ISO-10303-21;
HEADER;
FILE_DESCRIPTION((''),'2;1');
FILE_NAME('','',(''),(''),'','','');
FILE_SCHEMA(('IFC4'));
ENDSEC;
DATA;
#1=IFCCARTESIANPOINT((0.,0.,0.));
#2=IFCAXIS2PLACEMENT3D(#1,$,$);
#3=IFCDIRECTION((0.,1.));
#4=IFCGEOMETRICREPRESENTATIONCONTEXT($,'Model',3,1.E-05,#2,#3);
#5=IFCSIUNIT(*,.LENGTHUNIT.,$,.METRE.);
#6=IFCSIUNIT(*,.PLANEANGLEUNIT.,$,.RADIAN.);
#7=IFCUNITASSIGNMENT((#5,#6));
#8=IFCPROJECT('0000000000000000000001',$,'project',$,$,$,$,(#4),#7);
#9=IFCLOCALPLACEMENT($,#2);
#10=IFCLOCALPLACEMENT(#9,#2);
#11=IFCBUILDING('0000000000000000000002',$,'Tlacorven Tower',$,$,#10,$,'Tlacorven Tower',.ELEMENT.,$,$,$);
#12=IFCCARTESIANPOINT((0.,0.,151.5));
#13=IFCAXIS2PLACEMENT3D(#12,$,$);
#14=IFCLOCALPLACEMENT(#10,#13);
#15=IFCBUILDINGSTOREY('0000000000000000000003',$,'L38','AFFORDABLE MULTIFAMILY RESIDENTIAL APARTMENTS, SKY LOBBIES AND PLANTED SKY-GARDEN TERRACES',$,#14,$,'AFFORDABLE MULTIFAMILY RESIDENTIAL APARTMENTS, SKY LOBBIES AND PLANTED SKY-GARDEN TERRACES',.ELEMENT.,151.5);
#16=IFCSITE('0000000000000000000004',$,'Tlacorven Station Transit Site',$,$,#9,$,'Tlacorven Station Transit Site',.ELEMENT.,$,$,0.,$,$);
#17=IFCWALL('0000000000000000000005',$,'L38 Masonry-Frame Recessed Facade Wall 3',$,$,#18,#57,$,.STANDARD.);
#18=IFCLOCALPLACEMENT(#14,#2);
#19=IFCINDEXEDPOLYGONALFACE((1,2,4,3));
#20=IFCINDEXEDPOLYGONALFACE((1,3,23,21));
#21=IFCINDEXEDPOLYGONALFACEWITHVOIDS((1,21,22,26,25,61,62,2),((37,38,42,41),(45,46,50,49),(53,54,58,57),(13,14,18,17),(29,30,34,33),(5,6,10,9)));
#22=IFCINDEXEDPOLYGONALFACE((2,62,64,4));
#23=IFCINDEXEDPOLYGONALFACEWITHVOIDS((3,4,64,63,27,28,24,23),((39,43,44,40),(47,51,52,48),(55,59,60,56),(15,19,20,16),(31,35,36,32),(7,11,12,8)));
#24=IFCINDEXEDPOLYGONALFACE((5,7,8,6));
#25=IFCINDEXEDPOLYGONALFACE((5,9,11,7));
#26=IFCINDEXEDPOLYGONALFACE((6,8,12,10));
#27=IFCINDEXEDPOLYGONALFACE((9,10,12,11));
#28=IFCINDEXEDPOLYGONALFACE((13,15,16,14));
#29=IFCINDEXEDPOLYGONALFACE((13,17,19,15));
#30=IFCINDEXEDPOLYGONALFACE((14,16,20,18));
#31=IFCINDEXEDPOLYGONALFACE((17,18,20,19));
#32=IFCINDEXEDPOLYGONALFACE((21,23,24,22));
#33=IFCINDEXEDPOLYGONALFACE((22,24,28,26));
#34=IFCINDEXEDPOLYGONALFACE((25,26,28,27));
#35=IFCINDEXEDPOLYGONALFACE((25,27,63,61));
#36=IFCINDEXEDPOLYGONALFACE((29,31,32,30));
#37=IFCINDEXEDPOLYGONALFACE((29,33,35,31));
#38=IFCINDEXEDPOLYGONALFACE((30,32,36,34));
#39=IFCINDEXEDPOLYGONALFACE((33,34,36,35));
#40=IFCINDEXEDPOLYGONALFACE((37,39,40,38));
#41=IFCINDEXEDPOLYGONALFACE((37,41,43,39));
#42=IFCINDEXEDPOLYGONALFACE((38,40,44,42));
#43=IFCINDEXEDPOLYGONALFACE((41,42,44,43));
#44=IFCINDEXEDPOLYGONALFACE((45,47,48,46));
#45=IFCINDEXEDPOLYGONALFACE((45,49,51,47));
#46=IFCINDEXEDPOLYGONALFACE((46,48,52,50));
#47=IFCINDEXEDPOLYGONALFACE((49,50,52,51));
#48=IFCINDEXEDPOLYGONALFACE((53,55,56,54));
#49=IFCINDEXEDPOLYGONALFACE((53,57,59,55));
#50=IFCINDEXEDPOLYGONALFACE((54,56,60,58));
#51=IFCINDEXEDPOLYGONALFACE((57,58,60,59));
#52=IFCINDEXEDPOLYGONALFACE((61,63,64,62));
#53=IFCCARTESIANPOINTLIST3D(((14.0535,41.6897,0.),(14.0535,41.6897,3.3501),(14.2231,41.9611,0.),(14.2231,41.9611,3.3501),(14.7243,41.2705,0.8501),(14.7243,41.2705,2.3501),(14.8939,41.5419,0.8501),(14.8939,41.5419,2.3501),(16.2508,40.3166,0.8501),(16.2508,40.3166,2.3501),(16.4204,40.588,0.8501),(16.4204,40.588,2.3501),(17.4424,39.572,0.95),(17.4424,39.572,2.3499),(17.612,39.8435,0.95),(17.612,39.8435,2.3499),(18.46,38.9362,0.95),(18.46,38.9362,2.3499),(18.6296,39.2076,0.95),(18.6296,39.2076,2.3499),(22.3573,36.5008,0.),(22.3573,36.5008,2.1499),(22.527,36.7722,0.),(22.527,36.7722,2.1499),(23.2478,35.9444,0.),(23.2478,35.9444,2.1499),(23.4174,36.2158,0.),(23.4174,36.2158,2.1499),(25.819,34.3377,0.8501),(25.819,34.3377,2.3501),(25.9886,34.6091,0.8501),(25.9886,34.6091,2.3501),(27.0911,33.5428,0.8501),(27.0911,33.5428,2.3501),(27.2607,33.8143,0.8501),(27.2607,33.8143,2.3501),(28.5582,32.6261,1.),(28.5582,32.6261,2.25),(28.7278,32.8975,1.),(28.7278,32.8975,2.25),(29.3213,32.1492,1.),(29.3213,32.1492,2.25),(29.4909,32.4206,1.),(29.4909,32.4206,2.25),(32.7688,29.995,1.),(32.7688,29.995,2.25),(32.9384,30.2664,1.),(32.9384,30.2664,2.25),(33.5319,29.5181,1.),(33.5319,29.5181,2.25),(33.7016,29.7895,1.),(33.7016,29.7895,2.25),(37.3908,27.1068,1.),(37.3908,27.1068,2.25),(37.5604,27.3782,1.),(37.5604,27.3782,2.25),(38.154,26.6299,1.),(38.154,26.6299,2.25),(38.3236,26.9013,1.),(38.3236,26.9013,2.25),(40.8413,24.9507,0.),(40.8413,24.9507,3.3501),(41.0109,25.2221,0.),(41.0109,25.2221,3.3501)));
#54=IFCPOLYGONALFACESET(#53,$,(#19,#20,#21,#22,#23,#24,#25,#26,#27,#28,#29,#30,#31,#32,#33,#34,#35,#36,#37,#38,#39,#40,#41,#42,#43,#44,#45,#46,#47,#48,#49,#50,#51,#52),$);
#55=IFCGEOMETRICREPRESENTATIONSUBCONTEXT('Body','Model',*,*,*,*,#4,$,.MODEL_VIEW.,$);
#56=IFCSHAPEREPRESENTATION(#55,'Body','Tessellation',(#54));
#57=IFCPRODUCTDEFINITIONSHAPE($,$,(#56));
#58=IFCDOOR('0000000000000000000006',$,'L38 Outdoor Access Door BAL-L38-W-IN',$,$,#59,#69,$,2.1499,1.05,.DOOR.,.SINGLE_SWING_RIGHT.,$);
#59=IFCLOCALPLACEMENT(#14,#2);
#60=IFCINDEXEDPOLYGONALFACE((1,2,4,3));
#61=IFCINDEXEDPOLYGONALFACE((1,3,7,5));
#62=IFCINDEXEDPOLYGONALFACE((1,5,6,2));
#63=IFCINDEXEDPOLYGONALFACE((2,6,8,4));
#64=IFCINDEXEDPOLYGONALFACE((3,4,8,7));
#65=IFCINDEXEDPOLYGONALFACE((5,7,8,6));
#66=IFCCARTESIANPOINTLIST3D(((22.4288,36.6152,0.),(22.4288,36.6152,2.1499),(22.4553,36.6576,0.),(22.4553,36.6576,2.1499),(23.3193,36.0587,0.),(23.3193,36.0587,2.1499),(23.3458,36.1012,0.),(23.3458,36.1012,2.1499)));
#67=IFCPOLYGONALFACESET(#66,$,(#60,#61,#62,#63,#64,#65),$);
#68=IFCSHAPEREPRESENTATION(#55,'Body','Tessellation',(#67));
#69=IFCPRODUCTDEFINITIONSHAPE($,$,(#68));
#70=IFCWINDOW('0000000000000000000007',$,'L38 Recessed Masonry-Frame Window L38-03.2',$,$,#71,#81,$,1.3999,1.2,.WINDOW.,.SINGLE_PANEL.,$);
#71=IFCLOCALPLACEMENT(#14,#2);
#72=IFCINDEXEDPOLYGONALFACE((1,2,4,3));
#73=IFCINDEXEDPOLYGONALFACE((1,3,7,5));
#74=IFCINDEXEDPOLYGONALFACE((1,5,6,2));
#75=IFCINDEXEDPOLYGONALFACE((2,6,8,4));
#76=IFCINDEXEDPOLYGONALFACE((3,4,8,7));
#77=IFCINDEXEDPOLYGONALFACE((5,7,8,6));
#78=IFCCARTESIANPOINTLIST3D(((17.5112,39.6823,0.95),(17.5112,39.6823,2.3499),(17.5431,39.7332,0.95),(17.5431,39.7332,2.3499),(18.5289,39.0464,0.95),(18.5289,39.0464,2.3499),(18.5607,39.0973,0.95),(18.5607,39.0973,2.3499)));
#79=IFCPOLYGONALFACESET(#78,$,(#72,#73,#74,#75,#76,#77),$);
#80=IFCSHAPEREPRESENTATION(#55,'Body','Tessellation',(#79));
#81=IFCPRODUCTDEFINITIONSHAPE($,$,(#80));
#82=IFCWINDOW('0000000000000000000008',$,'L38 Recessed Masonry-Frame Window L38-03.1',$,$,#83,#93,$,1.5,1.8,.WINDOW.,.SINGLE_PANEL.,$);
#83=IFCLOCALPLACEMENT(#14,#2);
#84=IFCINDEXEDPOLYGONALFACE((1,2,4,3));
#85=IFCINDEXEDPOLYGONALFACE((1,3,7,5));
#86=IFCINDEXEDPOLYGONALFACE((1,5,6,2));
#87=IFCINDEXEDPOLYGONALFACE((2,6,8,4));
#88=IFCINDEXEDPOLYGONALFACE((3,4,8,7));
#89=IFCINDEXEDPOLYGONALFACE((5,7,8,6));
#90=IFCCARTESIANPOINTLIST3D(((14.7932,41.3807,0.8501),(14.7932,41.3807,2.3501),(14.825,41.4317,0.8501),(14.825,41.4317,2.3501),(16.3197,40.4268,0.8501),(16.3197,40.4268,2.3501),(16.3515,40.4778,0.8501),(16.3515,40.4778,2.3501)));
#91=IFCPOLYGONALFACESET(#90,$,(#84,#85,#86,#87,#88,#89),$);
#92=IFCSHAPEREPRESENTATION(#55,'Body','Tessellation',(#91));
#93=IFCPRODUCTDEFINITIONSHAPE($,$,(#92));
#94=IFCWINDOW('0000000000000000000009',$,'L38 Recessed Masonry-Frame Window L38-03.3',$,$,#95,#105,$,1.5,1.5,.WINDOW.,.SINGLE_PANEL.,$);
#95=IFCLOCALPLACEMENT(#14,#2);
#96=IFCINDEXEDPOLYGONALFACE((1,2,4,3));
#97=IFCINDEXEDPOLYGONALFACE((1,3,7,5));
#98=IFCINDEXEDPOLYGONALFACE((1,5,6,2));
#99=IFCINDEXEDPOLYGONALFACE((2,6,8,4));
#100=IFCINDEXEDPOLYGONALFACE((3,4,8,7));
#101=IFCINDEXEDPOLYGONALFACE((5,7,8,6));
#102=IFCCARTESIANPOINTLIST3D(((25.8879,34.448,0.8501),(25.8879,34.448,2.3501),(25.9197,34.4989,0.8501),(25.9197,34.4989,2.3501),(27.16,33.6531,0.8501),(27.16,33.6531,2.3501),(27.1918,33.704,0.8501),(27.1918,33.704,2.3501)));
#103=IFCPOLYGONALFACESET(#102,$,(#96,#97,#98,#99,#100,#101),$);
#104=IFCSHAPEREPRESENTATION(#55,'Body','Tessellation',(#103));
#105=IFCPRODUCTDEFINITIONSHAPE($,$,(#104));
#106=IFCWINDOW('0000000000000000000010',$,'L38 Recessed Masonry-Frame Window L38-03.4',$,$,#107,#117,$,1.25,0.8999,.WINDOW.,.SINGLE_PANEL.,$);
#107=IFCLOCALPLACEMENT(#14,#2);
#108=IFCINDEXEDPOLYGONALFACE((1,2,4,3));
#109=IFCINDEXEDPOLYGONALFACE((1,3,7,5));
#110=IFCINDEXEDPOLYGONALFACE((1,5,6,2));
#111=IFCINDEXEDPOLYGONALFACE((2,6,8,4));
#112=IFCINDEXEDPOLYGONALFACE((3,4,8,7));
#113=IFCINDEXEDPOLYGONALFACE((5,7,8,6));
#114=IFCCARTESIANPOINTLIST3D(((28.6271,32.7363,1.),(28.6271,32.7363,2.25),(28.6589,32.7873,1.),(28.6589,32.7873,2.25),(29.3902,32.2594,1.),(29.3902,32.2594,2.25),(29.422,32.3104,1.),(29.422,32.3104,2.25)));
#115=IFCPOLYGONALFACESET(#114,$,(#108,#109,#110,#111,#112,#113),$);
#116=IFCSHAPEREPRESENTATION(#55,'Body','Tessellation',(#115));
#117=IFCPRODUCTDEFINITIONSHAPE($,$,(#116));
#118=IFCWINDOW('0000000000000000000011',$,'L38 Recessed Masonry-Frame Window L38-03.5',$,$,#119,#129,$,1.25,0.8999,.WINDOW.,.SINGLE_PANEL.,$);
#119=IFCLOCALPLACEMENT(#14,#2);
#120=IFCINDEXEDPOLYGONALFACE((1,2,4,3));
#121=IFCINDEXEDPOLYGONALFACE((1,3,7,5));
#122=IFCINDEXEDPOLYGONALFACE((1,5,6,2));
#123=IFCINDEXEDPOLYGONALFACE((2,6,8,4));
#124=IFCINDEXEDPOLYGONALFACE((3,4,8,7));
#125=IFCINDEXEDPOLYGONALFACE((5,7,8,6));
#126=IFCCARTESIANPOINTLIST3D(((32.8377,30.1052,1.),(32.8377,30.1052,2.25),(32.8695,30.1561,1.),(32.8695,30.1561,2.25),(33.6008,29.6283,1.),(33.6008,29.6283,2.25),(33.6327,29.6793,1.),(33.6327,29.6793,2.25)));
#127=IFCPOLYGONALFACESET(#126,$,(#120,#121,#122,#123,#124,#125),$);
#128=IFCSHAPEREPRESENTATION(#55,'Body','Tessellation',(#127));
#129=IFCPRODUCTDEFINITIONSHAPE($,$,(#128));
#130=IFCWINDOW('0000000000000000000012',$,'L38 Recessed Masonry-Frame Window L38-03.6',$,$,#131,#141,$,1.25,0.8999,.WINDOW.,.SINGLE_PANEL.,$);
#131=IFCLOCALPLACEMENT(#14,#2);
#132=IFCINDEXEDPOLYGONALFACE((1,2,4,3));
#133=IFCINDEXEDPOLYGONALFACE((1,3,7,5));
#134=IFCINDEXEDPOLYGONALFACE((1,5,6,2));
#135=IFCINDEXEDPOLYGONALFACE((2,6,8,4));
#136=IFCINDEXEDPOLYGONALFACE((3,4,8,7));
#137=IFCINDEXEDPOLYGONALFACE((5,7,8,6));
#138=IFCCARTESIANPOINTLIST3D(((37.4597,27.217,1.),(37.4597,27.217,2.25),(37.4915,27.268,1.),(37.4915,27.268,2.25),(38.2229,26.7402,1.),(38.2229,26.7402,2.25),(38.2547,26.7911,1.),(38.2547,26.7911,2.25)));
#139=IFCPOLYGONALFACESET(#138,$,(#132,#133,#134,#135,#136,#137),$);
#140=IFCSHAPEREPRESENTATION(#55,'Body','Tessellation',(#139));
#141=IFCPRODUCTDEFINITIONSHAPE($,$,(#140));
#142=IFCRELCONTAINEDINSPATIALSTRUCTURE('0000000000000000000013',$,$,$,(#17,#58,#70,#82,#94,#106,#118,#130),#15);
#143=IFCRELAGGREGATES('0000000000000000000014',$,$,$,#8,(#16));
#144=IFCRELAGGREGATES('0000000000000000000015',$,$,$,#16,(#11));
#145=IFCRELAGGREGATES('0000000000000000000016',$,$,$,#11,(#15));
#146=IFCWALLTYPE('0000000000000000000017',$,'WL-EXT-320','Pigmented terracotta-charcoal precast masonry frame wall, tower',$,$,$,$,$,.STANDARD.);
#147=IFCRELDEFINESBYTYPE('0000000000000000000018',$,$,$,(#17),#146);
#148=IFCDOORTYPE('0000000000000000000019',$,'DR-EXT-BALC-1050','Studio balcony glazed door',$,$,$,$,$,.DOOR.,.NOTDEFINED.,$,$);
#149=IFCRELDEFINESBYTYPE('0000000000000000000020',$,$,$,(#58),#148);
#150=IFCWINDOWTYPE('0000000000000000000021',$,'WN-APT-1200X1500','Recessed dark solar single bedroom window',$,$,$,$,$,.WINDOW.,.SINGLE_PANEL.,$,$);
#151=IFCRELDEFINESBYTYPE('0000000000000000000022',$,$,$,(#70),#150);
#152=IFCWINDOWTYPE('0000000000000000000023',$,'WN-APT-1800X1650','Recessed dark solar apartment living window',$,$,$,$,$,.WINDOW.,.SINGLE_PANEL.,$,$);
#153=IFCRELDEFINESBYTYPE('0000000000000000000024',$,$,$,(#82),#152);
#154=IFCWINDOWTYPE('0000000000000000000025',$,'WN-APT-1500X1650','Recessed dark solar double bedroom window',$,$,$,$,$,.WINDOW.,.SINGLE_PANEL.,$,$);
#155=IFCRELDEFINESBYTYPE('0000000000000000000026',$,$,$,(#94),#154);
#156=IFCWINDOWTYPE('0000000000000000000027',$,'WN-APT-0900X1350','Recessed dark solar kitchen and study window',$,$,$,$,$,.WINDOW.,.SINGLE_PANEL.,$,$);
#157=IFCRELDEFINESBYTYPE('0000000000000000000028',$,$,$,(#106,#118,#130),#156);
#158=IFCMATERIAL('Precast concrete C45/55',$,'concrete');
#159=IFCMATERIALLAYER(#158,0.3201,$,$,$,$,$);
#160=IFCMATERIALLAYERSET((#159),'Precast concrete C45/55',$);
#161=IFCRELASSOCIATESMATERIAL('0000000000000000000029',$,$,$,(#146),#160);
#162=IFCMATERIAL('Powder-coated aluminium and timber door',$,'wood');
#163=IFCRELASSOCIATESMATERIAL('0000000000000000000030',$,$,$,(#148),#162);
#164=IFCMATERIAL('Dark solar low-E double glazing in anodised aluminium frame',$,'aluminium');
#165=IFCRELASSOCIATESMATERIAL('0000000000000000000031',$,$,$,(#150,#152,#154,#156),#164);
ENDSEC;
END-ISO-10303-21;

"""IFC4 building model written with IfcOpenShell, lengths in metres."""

from ifc_helpers import new_model, si_unit, direction, frame, frame_2d, origin, place, context, subcontext, project, spatial, rectangle, extrude, source, transform, mapped, material, layer, layer_set, type_object, element, fill, save


model = new_model("IFC4")

# Units and contexts
model_context = context("Model", 3, precision=1e-05, world=origin(), true_north=direction((0.0, 1.0)))
body_context = subcontext(model_context, "Body", "Model", "MODEL_VIEW")
ifc_project = project(units=[si_unit("LENGTHUNIT", "METRE"), si_unit("PLANEANGLEUNIT", "RADIAN")], contexts=[model_context])

# Site, building, storey
site_placement = place(None, origin())
site = spatial("IfcSite", under=ifc_project, at=site_placement, Name="Tlacorven Station Transit Site", LongName="Tlacorven Station Transit Site", CompositionType="ELEMENT", RefElevation=0.0)
building_placement = place(site_placement, origin())
building = spatial("IfcBuilding", under=site, at=building_placement, Name="Tlacorven Tower", LongName="Tlacorven Tower", CompositionType="ELEMENT")
storey_placement = place(building_placement, frame((0.0, 0.0, 151.5)))
storey = spatial("IfcBuildingStorey", under=building, at=storey_placement, Name="L38", Description="AFFORDABLE MULTIFAMILY RESIDENTIAL APARTMENTS, SKY LOBBIES AND PLANTED SKY-GARDEN TERRACES", LongName="AFFORDABLE MULTIFAMILY RESIDENTIAL APARTMENTS, SKY LOBBIES AND PLANTED SKY-GARDEN TERRACES", CompositionType="ELEMENT", Elevation=151.5)

# Wall, openings, door, windows
ifc_material_1 = material(Name="Precast concrete C45/55", Category="concrete")
ifc_layer_1 = layer(ifc_material_1, 0.3201)
ifc_layer_set_1 = layer_set([ifc_layer_1], Name="Precast concrete C45/55")
wall_type_1 = type_object("IfcWallType", Name="WL-EXT-320", Description="Pigmented terracotta-charcoal precast masonry frame wall, tower", PredefinedType="STANDARD", material=ifc_layer_set_1)
wall_1_placement = place(storey_placement, frame((14.1382, 41.8254, 0.0), z_axis=(0.0, 0.0, 1.0), x_axis=(0.848046, -0.529922, 0.0)))
wall_1 = element("IfcWall", 1, at=wall_1_placement, inside=storey, type_object=wall_type_1, Name="L38 Masonry-Frame Recessed Facade Wall 3", PredefinedType="STANDARD", context=body_context, shape_type="SweptSolid", body=[
    extrude(rectangle(XDim=31.5876, YDim=0.3201, at=frame_2d((15.7939, 0.0))), origin(), (0.0, 0.0, 1.0), 3.3501),
])
opening_1_placement = place(wall_1_placement, frame((9.792, 0.0, 0.0)))
opening_1 = element("IfcOpeningElement", 2, at=opening_1_placement, cuts=wall_1, PredefinedType="OPENING", context=body_context, shape_type="SweptSolid", body=[
    extrude(rectangle(XDim=1.05, YDim=2.1499, at=frame_2d((0.5249, 1.075))), frame((0.0, 0.1699, 0.0), z_axis=(0.0, -1.0, 0.0), x_axis=(1.0, 0.0, 0.0)), (0.0, 0.0, 1.0), 0.3401),
])
opening_2_placement = place(wall_1_placement, frame((0.7913, 0.0, 0.8501)))
opening_2 = element("IfcOpeningElement", 3, at=opening_2_placement, cuts=wall_1, PredefinedType="OPENING", context=body_context, shape_type="SweptSolid", body=[
    extrude(rectangle(XDim=1.8, YDim=1.5, at=frame_2d((0.8999, 0.75))), frame((0.0, 0.1699, 0.0), z_axis=(0.0, -1.0, 0.0), x_axis=(1.0, 0.0, 0.0)), (0.0, 0.0, 1.0), 0.3401),
])
opening_3_placement = place(wall_1_placement, frame((3.9961, 0.0, 0.95)))
opening_3 = element("IfcOpeningElement", 4, at=opening_3_placement, cuts=wall_1, PredefinedType="OPENING", context=body_context, shape_type="SweptSolid", body=[
    extrude(rectangle(XDim=1.2, YDim=1.3999, at=frame_2d((0.6001, 0.7))), frame((0.0, 0.1699, 0.0), z_axis=(0.0, -1.0, 0.0), x_axis=(1.0, 0.0, 0.0)), (0.0, 0.0, 1.0), 0.3401),
])
opening_4_placement = place(wall_1_placement, frame((13.8738, 0.0, 0.8501)))
opening_4 = element("IfcOpeningElement", 5, at=opening_4_placement, cuts=wall_1, PredefinedType="OPENING", context=body_context, shape_type="SweptSolid", body=[
    extrude(rectangle(XDim=1.5, YDim=1.5, at=frame_2d((0.75, 0.75))), frame((0.0, 0.1699, 0.0), z_axis=(0.0, -1.0, 0.0), x_axis=(1.0, 0.0, 0.0)), (0.0, 0.0, 1.0), 0.3401),
])
opening_5_placement = place(wall_1_placement, frame((17.1038, 0.0, 1.0)))
opening_5 = element("IfcOpeningElement", 6, at=opening_5_placement, cuts=wall_1, PredefinedType="OPENING", context=body_context, shape_type="SweptSolid", body=[
    extrude(rectangle(XDim=0.8999, YDim=1.25, at=frame_2d((0.45, 0.625))), frame((0.0, 0.1699, 0.0), z_axis=(0.0, -1.0, 0.0), x_axis=(1.0, 0.0, 0.0)), (0.0, 0.0, 1.0), 0.3401),
])
opening_6_placement = place(wall_1_placement, frame((22.0688, 0.0, 1.0)))
opening_6 = element("IfcOpeningElement", 7, at=opening_6_placement, cuts=wall_1, PredefinedType="OPENING", context=body_context, shape_type="SweptSolid", body=[
    extrude(rectangle(XDim=0.8999, YDim=1.25, at=frame_2d((0.45, 0.625))), frame((0.0, 0.1699, 0.0), z_axis=(0.0, -1.0, 0.0), x_axis=(1.0, 0.0, 0.0)), (0.0, 0.0, 1.0), 0.3401),
])
opening_7_placement = place(wall_1_placement, frame((27.519, 0.0, 1.0)))
opening_7 = element("IfcOpeningElement", 8, at=opening_7_placement, cuts=wall_1, PredefinedType="OPENING", context=body_context, shape_type="SweptSolid", body=[
    extrude(rectangle(XDim=0.8999, YDim=1.25, at=frame_2d((0.45, 0.625))), frame((0.0, 0.1699, 0.0), z_axis=(0.0, -1.0, 0.0), x_axis=(1.0, 0.0, 0.0)), (0.0, 0.0, 1.0), 0.3401),
])
ifc_material_2 = material(Name="Powder-coated aluminium and timber door", Category="wood")
door_type_1 = type_object("IfcDoorType", Name="DR-EXT-BALC-1050", Description="Studio balcony glazed door", OperationType="NOTDEFINED", PredefinedType="DOOR", material=ifc_material_2)
shared_shape_1 = source(origin(), body_context, "Body", "SweptSolid", [
    extrude(rectangle(XDim=1.05, YDim=2.1499, at=frame_2d((0.5249, 1.075))), frame((0.0, 0.0249, 0.0), z_axis=(0.0, -1.0, 0.0), x_axis=(1.0, 0.0, 0.0)), (0.0, 0.0, 1.0), 0.05),
])
door_1_placement = place(opening_1_placement, origin())
door_1 = element("IfcDoor", 9, at=door_1_placement, inside=storey, type_object=door_type_1, Name="L38 Outdoor Access Door BAL-L38-W-IN", OperationType="SINGLE_SWING_RIGHT", OverallHeight=2.1499, OverallWidth=1.05, PredefinedType="DOOR", context=body_context, shape_type="MappedRepresentation", body=[
    mapped(shared_shape_1, transform((0.0, 0.0, 0.0), scale=1.0)),
])
fill(opening_1, door_1)
ifc_material_3 = material(Name="Dark solar low-E double glazing in anodised aluminium frame", Category="aluminium")
window_type_1 = type_object("IfcWindowType", Name="WN-APT-1200X1500", Description="Recessed dark solar single bedroom window", PartitioningType="SINGLE_PANEL", PredefinedType="WINDOW", material=ifc_material_3)
shared_shape_2 = source(origin(), body_context, "Body", "SweptSolid", [
    extrude(rectangle(XDim=1.2, YDim=1.3999, at=frame_2d((0.6001, 0.7))), frame((0.0, 0.03, 0.0), z_axis=(0.0, -1.0, 0.0), x_axis=(1.0, 0.0, 0.0)), (0.0, 0.0, 1.0), 0.0601),
])
window_1_placement = place(opening_3_placement, origin())
window_1 = element("IfcWindow", 10, at=window_1_placement, inside=storey, type_object=window_type_1, Name="L38 Recessed Masonry-Frame Window L38-03.2", OverallHeight=1.3999, OverallWidth=1.2, PartitioningType="SINGLE_PANEL", PredefinedType="WINDOW", context=body_context, shape_type="MappedRepresentation", body=[
    mapped(shared_shape_2, transform((0.0, 0.0, 0.0), scale=1.0)),
])
fill(opening_3, window_1)
window_type_2 = type_object("IfcWindowType", Name="WN-APT-1800X1650", Description="Recessed dark solar apartment living window", PartitioningType="SINGLE_PANEL", PredefinedType="WINDOW", material=ifc_material_3)
shared_shape_3 = source(origin(), body_context, "Body", "SweptSolid", [
    extrude(rectangle(XDim=1.8, YDim=1.5, at=frame_2d((0.8999, 0.75))), frame((0.0, 0.03, 0.0), z_axis=(0.0, -1.0, 0.0), x_axis=(1.0, 0.0, 0.0)), (0.0, 0.0, 1.0), 0.0601),
])
window_2_placement = place(opening_2_placement, origin())
window_2 = element("IfcWindow", 11, at=window_2_placement, inside=storey, type_object=window_type_2, Name="L38 Recessed Masonry-Frame Window L38-03.1", OverallHeight=1.5, OverallWidth=1.8, PartitioningType="SINGLE_PANEL", PredefinedType="WINDOW", context=body_context, shape_type="MappedRepresentation", body=[
    mapped(shared_shape_3, transform((0.0, 0.0, 0.0), scale=1.0)),
])
fill(opening_2, window_2)
window_type_3 = type_object("IfcWindowType", Name="WN-APT-1500X1650", Description="Recessed dark solar double bedroom window", PartitioningType="SINGLE_PANEL", PredefinedType="WINDOW", material=ifc_material_3)
shared_shape_4 = source(origin(), body_context, "Body", "SweptSolid", [
    extrude(rectangle(XDim=1.5, YDim=1.5, at=frame_2d((0.75, 0.75))), frame((0.0, 0.03, 0.0), z_axis=(0.0, -1.0, 0.0), x_axis=(1.0, 0.0, 0.0)), (0.0, 0.0, 1.0), 0.0601),
])
window_3_placement = place(opening_4_placement, origin())
window_3 = element("IfcWindow", 12, at=window_3_placement, inside=storey, type_object=window_type_3, Name="L38 Recessed Masonry-Frame Window L38-03.3", OverallHeight=1.5, OverallWidth=1.5, PartitioningType="SINGLE_PANEL", PredefinedType="WINDOW", context=body_context, shape_type="MappedRepresentation", body=[
    mapped(shared_shape_4, transform((0.0, 0.0, 0.0), scale=1.0)),
])
fill(opening_4, window_3)
window_type_4 = type_object("IfcWindowType", Name="WN-APT-0900X1350", Description="Recessed dark solar kitchen and study window", PartitioningType="SINGLE_PANEL", PredefinedType="WINDOW", material=ifc_material_3)
shared_shape_5 = source(origin(), body_context, "Body", "SweptSolid", [
    extrude(rectangle(XDim=0.8999, YDim=1.25, at=frame_2d((0.45, 0.625))), frame((0.0, 0.03, 0.0), z_axis=(0.0, -1.0, 0.0), x_axis=(1.0, 0.0, 0.0)), (0.0, 0.0, 1.0), 0.0601),
])
window_4_placement = place(opening_5_placement, origin())
window_4 = element("IfcWindow", 13, at=window_4_placement, inside=storey, type_object=window_type_4, Name="L38 Recessed Masonry-Frame Window L38-03.4", OverallHeight=1.25, OverallWidth=0.8999, PartitioningType="SINGLE_PANEL", PredefinedType="WINDOW", context=body_context, shape_type="MappedRepresentation", body=[
    mapped(shared_shape_5, transform((0.0, 0.0, 0.0), scale=1.0)),
])
fill(opening_5, window_4)
window_5_placement = place(opening_6_placement, origin())
window_5 = element("IfcWindow", 14, at=window_5_placement, inside=storey, type_object=window_type_4, Name="L38 Recessed Masonry-Frame Window L38-03.5", OverallHeight=1.25, OverallWidth=0.8999, PartitioningType="SINGLE_PANEL", PredefinedType="WINDOW", context=body_context, shape_type="MappedRepresentation", body=[
    mapped(shared_shape_5, transform((0.0, 0.0, 0.0), scale=1.0)),
])
fill(opening_6, window_5)
window_6_placement = place(opening_7_placement, origin())
window_6 = element("IfcWindow", 15, at=window_6_placement, inside=storey, type_object=window_type_4, Name="L38 Recessed Masonry-Frame Window L38-03.6", OverallHeight=1.25, OverallWidth=0.8999, PartitioningType="SINGLE_PANEL", PredefinedType="WINDOW", context=body_context, shape_type="MappedRepresentation", body=[
    mapped(shared_shape_5, transform((0.0, 0.0, 0.0), scale=1.0)),
])
fill(opening_7, window_6)

save(model, "model.ifc")
